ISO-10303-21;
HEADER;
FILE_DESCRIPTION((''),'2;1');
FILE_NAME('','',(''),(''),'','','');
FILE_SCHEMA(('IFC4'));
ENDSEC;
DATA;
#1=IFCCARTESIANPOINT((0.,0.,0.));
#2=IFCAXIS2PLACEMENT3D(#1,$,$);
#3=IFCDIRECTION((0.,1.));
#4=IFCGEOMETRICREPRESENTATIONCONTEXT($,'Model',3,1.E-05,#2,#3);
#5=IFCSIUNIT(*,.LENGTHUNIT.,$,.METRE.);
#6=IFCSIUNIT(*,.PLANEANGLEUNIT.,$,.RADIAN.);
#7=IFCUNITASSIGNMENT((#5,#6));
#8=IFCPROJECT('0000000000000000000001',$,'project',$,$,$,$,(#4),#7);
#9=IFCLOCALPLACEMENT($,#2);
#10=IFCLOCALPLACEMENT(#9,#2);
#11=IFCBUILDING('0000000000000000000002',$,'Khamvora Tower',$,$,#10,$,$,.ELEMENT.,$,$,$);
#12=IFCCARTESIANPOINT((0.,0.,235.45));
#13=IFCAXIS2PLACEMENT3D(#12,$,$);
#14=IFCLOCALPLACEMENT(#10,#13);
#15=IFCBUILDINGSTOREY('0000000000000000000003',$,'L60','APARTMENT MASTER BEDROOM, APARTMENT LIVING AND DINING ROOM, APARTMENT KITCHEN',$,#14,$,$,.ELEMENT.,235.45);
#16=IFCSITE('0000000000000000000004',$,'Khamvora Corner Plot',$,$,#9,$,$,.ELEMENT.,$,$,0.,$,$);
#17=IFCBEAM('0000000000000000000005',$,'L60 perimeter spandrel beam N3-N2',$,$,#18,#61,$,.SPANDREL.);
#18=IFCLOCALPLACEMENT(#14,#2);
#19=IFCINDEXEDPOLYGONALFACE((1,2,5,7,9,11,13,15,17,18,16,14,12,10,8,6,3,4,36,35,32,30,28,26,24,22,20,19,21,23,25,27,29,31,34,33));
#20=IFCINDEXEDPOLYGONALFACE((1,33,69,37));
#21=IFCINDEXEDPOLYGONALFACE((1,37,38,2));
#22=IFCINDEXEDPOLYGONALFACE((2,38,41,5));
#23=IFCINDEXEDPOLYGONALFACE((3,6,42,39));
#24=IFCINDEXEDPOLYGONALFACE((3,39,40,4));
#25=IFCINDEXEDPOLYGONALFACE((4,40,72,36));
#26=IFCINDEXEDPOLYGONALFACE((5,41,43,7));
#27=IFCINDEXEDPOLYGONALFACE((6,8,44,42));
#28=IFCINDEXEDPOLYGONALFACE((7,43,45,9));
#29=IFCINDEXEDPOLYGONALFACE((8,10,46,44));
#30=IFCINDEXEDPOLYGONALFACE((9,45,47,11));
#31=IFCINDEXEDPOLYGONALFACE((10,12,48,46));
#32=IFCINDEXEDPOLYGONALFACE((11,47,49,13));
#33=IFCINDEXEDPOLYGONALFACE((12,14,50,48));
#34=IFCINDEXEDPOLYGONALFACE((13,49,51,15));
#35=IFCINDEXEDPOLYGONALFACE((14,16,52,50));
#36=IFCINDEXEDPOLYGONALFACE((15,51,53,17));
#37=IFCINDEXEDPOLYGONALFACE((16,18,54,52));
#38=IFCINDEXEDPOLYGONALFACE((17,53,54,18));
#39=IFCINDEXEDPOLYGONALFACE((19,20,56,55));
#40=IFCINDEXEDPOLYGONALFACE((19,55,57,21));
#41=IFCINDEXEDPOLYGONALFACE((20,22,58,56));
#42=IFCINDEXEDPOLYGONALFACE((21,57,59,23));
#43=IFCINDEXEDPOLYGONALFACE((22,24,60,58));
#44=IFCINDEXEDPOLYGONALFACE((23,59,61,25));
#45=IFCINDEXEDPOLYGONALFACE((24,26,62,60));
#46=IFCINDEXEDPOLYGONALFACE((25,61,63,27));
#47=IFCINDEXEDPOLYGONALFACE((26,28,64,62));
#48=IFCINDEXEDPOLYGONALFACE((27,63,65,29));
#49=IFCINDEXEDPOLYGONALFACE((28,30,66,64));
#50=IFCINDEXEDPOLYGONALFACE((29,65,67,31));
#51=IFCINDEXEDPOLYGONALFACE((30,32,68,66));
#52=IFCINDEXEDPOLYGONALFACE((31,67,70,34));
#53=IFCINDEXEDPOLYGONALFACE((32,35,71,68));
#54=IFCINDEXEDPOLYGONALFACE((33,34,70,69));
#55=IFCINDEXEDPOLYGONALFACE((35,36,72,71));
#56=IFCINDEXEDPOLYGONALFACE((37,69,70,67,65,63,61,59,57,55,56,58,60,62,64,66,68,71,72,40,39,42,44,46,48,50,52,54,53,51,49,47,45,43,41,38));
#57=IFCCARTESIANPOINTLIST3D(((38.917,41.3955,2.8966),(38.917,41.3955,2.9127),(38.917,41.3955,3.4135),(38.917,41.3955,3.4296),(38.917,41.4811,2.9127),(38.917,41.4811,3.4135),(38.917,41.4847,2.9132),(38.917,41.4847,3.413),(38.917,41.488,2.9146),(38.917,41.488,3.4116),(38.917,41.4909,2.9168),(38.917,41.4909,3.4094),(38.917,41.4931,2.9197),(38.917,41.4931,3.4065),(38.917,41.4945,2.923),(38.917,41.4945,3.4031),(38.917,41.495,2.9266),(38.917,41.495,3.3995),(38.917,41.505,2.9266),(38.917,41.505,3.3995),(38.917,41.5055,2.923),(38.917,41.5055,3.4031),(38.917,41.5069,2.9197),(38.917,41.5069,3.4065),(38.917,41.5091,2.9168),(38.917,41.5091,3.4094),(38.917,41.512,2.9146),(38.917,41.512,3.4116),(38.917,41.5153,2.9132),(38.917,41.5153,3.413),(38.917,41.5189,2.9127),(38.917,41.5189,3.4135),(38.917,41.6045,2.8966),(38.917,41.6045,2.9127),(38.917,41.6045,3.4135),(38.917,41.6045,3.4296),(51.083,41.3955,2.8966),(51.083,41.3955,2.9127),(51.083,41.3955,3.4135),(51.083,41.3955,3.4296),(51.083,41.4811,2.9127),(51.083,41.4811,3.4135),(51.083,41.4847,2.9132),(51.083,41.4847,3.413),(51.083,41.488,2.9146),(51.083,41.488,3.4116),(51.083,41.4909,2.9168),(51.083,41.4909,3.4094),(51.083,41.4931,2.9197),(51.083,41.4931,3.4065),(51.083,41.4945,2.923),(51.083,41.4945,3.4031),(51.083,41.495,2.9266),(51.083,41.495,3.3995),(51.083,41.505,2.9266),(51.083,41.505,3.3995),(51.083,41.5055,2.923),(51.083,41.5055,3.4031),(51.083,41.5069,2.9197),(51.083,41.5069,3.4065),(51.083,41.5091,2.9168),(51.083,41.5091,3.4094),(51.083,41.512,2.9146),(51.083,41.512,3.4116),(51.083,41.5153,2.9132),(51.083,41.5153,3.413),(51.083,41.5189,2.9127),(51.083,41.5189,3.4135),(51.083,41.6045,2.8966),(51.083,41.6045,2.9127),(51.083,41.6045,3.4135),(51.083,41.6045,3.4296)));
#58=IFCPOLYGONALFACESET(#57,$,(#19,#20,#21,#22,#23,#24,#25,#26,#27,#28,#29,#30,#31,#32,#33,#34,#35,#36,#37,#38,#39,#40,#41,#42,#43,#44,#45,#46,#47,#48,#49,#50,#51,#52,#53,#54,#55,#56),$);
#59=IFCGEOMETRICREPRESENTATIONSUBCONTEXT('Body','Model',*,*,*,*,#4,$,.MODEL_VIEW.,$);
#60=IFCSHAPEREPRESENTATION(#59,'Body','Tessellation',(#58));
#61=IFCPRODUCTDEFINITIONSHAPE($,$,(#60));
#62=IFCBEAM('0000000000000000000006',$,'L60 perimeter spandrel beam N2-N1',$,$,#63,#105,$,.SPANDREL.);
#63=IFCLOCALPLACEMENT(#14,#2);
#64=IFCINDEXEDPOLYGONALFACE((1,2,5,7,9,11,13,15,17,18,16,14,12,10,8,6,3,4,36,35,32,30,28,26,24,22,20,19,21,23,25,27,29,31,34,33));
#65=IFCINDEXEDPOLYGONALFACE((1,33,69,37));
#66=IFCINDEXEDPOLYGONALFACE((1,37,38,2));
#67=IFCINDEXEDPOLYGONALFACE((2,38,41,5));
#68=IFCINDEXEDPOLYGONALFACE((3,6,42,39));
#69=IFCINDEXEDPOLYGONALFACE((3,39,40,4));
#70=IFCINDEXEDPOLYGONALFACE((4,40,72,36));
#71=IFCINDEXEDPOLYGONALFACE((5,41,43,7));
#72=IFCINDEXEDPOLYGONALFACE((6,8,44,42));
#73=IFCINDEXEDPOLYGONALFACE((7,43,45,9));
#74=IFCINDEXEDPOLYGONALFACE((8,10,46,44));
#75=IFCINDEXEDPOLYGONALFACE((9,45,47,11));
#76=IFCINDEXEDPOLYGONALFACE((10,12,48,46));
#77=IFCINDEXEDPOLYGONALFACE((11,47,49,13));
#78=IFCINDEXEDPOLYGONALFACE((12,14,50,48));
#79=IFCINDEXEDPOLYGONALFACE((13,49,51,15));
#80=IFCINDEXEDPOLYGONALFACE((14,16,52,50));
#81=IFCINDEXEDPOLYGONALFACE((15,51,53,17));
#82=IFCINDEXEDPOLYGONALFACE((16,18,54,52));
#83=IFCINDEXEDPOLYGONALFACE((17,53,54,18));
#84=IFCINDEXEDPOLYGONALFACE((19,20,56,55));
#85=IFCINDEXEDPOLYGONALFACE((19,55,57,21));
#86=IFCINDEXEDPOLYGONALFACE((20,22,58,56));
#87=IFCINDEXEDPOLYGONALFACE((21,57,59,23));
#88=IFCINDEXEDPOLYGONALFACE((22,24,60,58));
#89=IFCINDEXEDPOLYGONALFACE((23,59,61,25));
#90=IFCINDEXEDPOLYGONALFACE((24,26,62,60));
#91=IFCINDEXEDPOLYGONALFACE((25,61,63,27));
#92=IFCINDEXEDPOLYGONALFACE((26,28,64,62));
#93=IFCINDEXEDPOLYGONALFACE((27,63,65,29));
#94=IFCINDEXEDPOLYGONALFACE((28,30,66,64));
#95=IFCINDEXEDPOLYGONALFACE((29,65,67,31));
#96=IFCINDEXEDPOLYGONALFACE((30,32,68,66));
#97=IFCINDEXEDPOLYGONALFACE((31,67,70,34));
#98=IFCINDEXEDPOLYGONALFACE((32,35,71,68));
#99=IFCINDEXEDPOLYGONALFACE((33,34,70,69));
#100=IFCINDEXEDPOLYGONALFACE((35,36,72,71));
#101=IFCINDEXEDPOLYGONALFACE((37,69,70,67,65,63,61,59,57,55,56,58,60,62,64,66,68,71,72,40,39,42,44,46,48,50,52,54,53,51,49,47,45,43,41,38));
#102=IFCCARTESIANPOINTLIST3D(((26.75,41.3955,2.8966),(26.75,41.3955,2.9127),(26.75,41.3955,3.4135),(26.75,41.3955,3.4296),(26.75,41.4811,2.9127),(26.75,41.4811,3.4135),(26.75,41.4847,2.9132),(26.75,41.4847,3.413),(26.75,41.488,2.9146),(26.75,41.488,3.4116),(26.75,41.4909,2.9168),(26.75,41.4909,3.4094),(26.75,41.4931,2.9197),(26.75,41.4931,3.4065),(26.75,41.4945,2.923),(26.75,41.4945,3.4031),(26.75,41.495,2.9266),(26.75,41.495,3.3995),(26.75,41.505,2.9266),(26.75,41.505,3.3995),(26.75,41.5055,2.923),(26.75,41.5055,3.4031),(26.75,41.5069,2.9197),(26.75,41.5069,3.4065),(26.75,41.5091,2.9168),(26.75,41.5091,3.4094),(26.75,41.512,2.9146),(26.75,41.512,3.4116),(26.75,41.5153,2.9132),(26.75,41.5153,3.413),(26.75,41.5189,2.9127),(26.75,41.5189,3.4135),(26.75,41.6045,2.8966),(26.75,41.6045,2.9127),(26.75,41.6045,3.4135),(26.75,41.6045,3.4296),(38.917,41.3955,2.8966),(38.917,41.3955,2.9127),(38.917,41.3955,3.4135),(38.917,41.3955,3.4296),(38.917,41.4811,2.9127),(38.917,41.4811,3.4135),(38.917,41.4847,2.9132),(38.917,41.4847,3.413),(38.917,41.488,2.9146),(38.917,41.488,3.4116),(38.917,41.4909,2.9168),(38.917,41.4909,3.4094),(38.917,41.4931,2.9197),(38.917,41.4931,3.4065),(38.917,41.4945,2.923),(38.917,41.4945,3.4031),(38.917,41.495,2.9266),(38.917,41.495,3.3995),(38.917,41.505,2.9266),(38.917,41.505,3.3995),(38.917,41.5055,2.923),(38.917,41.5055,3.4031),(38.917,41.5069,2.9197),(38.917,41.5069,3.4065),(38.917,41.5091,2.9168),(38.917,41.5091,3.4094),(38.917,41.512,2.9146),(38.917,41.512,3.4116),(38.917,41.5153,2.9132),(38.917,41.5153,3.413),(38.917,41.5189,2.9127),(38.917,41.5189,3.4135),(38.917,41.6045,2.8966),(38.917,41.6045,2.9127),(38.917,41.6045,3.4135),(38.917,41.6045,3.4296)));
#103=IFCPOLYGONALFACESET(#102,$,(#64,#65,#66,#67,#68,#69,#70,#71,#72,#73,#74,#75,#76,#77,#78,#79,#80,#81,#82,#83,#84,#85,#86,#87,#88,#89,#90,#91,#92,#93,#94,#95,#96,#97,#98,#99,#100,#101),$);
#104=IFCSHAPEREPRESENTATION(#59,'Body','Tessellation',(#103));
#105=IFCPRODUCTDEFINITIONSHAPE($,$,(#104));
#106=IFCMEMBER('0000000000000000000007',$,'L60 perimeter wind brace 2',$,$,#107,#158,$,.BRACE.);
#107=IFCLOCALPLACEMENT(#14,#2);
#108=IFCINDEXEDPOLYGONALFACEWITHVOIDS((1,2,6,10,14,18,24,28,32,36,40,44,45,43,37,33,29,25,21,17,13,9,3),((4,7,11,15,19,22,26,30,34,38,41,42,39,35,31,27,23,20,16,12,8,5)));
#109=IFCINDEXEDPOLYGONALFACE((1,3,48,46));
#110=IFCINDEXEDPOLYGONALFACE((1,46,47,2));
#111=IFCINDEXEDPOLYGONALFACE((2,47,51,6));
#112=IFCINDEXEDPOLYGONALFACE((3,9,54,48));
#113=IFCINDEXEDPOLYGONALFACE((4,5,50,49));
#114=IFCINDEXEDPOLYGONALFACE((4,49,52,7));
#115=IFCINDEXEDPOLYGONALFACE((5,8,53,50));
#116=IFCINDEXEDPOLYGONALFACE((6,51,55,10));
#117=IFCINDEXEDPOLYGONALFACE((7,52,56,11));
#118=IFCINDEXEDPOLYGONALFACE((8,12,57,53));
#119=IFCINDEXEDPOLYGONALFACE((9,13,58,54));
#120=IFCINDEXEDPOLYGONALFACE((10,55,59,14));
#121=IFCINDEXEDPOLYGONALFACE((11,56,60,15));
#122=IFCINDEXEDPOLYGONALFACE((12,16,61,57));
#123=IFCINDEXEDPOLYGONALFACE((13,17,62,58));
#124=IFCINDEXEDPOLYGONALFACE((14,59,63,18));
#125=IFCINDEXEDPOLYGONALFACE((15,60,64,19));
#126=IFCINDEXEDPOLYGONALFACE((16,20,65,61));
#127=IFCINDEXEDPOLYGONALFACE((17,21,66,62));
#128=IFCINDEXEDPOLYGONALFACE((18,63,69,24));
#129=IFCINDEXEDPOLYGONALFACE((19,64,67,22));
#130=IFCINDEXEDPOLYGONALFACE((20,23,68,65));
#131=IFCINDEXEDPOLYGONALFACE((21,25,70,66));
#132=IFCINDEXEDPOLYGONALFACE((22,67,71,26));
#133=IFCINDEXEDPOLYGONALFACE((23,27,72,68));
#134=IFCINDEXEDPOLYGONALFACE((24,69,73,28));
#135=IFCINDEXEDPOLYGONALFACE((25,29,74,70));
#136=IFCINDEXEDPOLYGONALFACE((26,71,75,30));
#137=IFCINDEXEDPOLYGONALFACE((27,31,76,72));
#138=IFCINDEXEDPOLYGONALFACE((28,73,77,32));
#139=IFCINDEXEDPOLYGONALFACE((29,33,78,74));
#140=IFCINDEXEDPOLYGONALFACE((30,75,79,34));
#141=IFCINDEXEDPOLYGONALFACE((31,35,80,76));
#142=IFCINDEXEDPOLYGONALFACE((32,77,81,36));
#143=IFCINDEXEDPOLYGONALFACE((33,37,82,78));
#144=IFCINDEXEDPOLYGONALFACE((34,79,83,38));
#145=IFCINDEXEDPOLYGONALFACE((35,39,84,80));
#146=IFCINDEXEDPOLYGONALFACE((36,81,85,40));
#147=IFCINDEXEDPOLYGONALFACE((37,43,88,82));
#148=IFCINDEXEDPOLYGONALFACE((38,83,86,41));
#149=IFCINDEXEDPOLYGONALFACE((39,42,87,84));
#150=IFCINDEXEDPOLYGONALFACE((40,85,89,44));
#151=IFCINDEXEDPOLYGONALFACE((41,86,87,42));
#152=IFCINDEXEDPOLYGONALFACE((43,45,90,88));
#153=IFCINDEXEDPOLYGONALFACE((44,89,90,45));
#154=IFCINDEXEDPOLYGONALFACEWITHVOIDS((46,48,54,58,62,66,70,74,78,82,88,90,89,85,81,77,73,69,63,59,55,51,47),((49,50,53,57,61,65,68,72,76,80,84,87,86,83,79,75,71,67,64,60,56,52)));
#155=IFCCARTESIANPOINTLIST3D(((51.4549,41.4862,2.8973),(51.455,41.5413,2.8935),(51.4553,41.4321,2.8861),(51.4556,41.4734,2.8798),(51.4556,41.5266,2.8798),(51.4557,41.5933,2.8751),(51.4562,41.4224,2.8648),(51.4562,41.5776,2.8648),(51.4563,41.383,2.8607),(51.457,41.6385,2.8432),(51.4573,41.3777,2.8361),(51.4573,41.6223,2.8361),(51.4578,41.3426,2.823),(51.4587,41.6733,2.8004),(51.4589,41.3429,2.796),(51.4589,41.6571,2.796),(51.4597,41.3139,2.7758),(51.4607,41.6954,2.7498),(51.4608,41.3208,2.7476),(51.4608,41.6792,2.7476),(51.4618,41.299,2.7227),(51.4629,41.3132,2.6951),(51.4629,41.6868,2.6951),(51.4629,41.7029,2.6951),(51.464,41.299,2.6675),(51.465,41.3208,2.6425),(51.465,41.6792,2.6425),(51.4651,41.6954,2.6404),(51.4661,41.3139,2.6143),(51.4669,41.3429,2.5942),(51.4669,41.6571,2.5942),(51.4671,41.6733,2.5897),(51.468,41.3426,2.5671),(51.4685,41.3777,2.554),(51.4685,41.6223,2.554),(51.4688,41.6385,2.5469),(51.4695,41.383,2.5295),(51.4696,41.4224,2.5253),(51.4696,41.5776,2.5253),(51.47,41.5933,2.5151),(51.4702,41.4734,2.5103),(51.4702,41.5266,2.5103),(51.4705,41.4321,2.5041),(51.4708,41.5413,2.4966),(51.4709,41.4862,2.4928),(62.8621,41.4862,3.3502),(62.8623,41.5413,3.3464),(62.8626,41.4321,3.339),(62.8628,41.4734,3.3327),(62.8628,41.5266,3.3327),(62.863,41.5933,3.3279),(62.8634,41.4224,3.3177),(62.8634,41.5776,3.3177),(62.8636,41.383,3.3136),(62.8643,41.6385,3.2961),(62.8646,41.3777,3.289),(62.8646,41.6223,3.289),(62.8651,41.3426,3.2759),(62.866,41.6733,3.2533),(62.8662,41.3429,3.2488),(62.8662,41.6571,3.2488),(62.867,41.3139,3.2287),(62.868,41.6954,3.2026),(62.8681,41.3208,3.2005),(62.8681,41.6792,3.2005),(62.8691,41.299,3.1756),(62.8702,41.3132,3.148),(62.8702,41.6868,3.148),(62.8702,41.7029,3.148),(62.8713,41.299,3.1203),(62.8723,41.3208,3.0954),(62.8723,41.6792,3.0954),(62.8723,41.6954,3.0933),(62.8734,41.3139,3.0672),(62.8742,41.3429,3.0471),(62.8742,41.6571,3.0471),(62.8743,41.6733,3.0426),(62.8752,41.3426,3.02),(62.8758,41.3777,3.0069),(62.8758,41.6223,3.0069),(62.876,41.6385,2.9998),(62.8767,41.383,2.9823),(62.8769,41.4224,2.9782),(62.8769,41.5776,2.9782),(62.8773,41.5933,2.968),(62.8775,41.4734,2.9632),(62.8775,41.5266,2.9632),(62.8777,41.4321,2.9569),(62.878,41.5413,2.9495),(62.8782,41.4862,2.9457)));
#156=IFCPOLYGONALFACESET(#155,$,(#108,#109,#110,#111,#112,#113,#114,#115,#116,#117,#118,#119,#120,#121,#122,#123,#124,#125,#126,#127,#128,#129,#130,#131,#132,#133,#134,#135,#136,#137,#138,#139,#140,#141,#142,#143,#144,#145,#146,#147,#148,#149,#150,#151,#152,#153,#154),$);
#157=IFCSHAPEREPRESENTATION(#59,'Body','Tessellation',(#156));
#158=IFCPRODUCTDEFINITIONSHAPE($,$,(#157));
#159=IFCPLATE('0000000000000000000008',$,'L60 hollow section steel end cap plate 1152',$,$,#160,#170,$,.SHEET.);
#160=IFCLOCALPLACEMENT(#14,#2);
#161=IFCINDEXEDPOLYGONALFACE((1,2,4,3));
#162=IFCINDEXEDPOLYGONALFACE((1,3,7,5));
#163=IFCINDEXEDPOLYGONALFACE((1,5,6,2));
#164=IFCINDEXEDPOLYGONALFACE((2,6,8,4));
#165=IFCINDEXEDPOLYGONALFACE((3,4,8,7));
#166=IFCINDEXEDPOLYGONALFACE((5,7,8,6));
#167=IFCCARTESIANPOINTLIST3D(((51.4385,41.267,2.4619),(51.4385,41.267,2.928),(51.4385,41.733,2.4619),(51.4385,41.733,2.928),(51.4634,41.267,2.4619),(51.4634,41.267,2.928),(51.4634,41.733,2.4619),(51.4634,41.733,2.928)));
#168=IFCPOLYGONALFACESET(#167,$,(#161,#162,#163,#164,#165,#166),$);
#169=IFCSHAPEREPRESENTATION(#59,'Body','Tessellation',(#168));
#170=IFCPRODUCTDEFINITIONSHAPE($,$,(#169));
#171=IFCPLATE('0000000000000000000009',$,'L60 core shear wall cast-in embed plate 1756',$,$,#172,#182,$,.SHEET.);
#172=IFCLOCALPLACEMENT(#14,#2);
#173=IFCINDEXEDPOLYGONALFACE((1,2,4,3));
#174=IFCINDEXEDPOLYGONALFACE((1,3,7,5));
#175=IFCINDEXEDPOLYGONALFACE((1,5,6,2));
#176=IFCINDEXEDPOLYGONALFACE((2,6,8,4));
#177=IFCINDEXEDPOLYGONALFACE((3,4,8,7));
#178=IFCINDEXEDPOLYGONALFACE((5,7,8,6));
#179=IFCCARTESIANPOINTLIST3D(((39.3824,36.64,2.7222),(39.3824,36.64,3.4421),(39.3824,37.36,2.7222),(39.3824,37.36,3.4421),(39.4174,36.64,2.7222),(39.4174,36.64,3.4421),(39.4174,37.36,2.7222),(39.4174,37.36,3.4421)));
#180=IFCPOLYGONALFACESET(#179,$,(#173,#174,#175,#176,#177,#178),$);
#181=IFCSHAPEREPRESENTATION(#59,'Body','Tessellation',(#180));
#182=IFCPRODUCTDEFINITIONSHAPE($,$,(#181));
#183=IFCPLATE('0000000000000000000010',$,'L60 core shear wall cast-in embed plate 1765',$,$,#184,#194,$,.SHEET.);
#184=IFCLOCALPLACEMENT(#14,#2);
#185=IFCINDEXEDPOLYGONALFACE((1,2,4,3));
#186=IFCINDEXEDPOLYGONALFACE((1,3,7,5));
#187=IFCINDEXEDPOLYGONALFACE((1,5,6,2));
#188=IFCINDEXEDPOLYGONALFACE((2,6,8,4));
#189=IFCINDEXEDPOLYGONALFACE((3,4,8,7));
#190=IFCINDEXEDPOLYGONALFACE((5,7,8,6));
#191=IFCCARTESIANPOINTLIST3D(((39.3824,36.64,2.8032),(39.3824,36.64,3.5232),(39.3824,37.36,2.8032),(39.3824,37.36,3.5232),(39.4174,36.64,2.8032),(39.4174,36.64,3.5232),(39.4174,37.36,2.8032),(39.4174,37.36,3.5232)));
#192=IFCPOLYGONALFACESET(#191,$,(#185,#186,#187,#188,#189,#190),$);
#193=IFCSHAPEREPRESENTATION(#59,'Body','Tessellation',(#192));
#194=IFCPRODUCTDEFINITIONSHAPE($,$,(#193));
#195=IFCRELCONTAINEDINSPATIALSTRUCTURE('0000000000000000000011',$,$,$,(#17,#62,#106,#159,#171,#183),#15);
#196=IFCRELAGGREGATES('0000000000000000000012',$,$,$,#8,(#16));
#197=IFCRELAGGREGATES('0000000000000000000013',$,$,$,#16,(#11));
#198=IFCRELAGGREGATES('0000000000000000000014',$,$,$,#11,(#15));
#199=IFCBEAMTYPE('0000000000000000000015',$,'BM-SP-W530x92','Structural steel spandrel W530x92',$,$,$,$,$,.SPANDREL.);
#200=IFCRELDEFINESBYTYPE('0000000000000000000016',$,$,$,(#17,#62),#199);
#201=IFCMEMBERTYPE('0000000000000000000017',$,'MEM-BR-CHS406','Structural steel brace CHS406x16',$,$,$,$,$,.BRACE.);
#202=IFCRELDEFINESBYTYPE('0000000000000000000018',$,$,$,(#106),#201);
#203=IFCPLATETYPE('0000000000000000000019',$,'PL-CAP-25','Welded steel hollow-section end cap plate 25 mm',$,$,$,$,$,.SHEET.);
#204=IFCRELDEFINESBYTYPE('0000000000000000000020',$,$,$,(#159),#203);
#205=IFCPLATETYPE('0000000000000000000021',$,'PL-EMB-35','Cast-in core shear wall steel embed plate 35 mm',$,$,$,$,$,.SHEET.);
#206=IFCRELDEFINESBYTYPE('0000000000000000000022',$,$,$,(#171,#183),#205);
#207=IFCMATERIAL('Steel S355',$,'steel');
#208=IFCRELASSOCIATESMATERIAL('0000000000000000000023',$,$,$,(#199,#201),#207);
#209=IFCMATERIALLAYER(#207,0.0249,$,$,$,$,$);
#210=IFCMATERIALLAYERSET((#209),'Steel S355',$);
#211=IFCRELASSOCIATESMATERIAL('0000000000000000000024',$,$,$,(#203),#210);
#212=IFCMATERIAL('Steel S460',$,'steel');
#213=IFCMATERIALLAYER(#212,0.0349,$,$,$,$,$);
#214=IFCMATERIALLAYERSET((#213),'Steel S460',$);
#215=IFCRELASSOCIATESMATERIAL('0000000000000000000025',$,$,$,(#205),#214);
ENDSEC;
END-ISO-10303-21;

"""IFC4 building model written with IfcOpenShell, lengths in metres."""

from ifc_helpers import new_model, si_unit, direction, frame, origin, origin_2d, place, context, subcontext, project, spatial, rectangle, hollow_circle, i_section, extrude, material, layer, layer_set, material_profile, profile_set, type_object, element, save


model = new_model("IFC4")

# Units and contexts
model_context = context("Model", 3, precision=1e-05, world=origin(), true_north=direction((0.0, 1.0)))
body_context = subcontext(model_context, "Body", "Model", "MODEL_VIEW")
ifc_project = project(units=[si_unit("LENGTHUNIT", "METRE"), si_unit("PLANEANGLEUNIT", "RADIAN")], contexts=[model_context])

# Site, building, storey
site_placement = place(None, origin())
site = spatial("IfcSite", under=ifc_project, at=site_placement, Name="Khamvora Corner Plot", CompositionType="ELEMENT", RefElevation=0.0)
building_placement = place(site_placement, origin())
building = spatial("IfcBuilding", under=site, at=building_placement, Name="Khamvora Tower", CompositionType="ELEMENT")
storey_placement = place(building_placement, frame((0.0, 0.0, 235.45)))
storey = spatial("IfcBuildingStorey", under=building, at=storey_placement, Name="L60", Description="APARTMENT MASTER BEDROOM, APARTMENT LIVING AND DINING ROOM, APARTMENT KITCHEN", CompositionType="ELEMENT", Elevation=235.45)

# Shared definitions
ifc_material_1 = material(Name="Steel S355", Category="steel")

# Beams
ifc_material_profile_1 = material_profile(ifc_material_1, i_section(OverallWidth=0.209, OverallDepth=0.533, WebThickness=0.01, FlangeThickness=0.0161, FilletRadius=0.0139, at=origin_2d()), Name="W530x92")
ifc_profile_set_1 = profile_set([ifc_material_profile_1], Name="Steel S355")
beam_type_1 = type_object("IfcBeamType", Name="BM-SP-W530x92", Description="Structural steel spandrel W530x92", PredefinedType="SPANDREL", material=ifc_profile_set_1)
beam_1_placement = place(storey_placement, frame((51.083, 41.5, 3.1631), z_axis=(-1.0, 0.0, 0.0), x_axis=(0.0, -1.0, 0.0)))
element("IfcBeam", 1, at=beam_1_placement, inside=storey, type_object=beam_type_1, Name="L60 perimeter spandrel beam N3-N2", PredefinedType="SPANDREL", context=body_context, shape_type="SweptSolid", body=[
    extrude(i_section(OverallWidth=0.209, OverallDepth=0.533, WebThickness=0.01, FlangeThickness=0.0161, FilletRadius=0.0139, at=origin_2d()), origin(), (0.0, 0.0, 1.0), 12.166),
])
beam_2_placement = place(storey_placement, frame((38.917, 41.5, 3.1631), z_axis=(-1.0, 0.0, 0.0), x_axis=(0.0, -1.0, 0.0)))
element("IfcBeam", 2, at=beam_2_placement, inside=storey, type_object=beam_type_1, Name="L60 perimeter spandrel beam N2-N1", PredefinedType="SPANDREL", context=body_context, shape_type="SweptSolid", body=[
    extrude(i_section(OverallWidth=0.209, OverallDepth=0.533, WebThickness=0.01, FlangeThickness=0.0161, FilletRadius=0.0139, at=origin_2d()), origin(), (0.0, 0.0, 1.0), 12.167),
])

# Member
ifc_material_profile_2 = material_profile(ifc_material_1, hollow_circle(Radius=0.2029, WallThickness=0.0161, at=origin_2d()), Name="CHS406x16")
ifc_profile_set_2 = profile_set([ifc_material_profile_2], Name="Steel S355")
member_type = type_object("IfcMemberType", Name="MEM-BR-CHS406", Description="Structural steel brace CHS406x16", PredefinedType="BRACE", material=ifc_profile_set_2)
member_placement = place(storey_placement, frame((51.4629, 41.5, 2.6951), z_axis=(0.999213, 0.0, 0.03967), x_axis=(0.0, 1.0, 0.0)))
element("IfcMember", 3, at=member_placement, inside=storey, type_object=member_type, Name="L60 perimeter wind brace 2", PredefinedType="BRACE", context=body_context, shape_type="SweptSolid", body=[
    extrude(hollow_circle(Radius=0.2029, WallThickness=0.0161, at=origin_2d()), origin(), (0.0, 0.0, 1.0), 11.4163),
])

# Plates
ifc_layer_1 = layer(ifc_material_1, 0.0249)
ifc_layer_set_1 = layer_set([ifc_layer_1], Name="Steel S355")
plate_type_1 = type_object("IfcPlateType", Name="PL-CAP-25", Description="Welded steel hollow-section end cap plate 25 mm", PredefinedType="SHEET", material=ifc_layer_set_1)
plate_placement = place(storey_placement, frame((51.4509, 41.5, 2.4619), z_axis=(0.0, 0.0, 1.0), x_axis=(1.0, 0.0, 0.0)))
element("IfcPlate", 4, at=plate_placement, inside=storey, type_object=plate_type_1, Name="L60 hollow section steel end cap plate 1152", PredefinedType="SHEET", context=body_context, shape_type="SweptSolid", body=[
    extrude(rectangle(XDim=0.0249, YDim=0.4661, at=origin_2d()), origin(), (0.0, 0.0, 1.0), 0.4661),
])
ifc_material_2 = material(Name="Steel S460", Category="steel")
ifc_layer_2 = layer(ifc_material_2, 0.0349)
ifc_layer_set_2 = layer_set([ifc_layer_2], Name="Steel S460")
plate_type_2 = type_object("IfcPlateType", Name="PL-EMB-35", Description="Cast-in core shear wall steel embed plate 35 mm", PredefinedType="SHEET", material=ifc_layer_set_2)
for number, where, z_axis, x_axis, name in (
    (5, (39.3999, 37.0, 2.7222), (0.0, 0.0, 1.0), (1.0, 0.0, 0.0), "L60 core shear wall cast-in embed plate 1756"),
    (6, (39.3999, 37.0, 2.8032), (0.0, 0.0, 1.0), (1.0, 0.0, 0.0), "L60 core shear wall cast-in embed plate 1765"),
):
    element("IfcPlate", number, at=place(storey_placement, frame(where, z_axis=z_axis, x_axis=x_axis)), inside=storey, type_object=plate_type_2, Name=name, PredefinedType="SHEET", context=body_context, shape_type="SweptSolid", body=[
        extrude(rectangle(XDim=0.0349, YDim=0.72, at=origin_2d()), origin(), (0.0, 0.0, 1.0), 0.72),
    ])

save(model, "model.ifc")
